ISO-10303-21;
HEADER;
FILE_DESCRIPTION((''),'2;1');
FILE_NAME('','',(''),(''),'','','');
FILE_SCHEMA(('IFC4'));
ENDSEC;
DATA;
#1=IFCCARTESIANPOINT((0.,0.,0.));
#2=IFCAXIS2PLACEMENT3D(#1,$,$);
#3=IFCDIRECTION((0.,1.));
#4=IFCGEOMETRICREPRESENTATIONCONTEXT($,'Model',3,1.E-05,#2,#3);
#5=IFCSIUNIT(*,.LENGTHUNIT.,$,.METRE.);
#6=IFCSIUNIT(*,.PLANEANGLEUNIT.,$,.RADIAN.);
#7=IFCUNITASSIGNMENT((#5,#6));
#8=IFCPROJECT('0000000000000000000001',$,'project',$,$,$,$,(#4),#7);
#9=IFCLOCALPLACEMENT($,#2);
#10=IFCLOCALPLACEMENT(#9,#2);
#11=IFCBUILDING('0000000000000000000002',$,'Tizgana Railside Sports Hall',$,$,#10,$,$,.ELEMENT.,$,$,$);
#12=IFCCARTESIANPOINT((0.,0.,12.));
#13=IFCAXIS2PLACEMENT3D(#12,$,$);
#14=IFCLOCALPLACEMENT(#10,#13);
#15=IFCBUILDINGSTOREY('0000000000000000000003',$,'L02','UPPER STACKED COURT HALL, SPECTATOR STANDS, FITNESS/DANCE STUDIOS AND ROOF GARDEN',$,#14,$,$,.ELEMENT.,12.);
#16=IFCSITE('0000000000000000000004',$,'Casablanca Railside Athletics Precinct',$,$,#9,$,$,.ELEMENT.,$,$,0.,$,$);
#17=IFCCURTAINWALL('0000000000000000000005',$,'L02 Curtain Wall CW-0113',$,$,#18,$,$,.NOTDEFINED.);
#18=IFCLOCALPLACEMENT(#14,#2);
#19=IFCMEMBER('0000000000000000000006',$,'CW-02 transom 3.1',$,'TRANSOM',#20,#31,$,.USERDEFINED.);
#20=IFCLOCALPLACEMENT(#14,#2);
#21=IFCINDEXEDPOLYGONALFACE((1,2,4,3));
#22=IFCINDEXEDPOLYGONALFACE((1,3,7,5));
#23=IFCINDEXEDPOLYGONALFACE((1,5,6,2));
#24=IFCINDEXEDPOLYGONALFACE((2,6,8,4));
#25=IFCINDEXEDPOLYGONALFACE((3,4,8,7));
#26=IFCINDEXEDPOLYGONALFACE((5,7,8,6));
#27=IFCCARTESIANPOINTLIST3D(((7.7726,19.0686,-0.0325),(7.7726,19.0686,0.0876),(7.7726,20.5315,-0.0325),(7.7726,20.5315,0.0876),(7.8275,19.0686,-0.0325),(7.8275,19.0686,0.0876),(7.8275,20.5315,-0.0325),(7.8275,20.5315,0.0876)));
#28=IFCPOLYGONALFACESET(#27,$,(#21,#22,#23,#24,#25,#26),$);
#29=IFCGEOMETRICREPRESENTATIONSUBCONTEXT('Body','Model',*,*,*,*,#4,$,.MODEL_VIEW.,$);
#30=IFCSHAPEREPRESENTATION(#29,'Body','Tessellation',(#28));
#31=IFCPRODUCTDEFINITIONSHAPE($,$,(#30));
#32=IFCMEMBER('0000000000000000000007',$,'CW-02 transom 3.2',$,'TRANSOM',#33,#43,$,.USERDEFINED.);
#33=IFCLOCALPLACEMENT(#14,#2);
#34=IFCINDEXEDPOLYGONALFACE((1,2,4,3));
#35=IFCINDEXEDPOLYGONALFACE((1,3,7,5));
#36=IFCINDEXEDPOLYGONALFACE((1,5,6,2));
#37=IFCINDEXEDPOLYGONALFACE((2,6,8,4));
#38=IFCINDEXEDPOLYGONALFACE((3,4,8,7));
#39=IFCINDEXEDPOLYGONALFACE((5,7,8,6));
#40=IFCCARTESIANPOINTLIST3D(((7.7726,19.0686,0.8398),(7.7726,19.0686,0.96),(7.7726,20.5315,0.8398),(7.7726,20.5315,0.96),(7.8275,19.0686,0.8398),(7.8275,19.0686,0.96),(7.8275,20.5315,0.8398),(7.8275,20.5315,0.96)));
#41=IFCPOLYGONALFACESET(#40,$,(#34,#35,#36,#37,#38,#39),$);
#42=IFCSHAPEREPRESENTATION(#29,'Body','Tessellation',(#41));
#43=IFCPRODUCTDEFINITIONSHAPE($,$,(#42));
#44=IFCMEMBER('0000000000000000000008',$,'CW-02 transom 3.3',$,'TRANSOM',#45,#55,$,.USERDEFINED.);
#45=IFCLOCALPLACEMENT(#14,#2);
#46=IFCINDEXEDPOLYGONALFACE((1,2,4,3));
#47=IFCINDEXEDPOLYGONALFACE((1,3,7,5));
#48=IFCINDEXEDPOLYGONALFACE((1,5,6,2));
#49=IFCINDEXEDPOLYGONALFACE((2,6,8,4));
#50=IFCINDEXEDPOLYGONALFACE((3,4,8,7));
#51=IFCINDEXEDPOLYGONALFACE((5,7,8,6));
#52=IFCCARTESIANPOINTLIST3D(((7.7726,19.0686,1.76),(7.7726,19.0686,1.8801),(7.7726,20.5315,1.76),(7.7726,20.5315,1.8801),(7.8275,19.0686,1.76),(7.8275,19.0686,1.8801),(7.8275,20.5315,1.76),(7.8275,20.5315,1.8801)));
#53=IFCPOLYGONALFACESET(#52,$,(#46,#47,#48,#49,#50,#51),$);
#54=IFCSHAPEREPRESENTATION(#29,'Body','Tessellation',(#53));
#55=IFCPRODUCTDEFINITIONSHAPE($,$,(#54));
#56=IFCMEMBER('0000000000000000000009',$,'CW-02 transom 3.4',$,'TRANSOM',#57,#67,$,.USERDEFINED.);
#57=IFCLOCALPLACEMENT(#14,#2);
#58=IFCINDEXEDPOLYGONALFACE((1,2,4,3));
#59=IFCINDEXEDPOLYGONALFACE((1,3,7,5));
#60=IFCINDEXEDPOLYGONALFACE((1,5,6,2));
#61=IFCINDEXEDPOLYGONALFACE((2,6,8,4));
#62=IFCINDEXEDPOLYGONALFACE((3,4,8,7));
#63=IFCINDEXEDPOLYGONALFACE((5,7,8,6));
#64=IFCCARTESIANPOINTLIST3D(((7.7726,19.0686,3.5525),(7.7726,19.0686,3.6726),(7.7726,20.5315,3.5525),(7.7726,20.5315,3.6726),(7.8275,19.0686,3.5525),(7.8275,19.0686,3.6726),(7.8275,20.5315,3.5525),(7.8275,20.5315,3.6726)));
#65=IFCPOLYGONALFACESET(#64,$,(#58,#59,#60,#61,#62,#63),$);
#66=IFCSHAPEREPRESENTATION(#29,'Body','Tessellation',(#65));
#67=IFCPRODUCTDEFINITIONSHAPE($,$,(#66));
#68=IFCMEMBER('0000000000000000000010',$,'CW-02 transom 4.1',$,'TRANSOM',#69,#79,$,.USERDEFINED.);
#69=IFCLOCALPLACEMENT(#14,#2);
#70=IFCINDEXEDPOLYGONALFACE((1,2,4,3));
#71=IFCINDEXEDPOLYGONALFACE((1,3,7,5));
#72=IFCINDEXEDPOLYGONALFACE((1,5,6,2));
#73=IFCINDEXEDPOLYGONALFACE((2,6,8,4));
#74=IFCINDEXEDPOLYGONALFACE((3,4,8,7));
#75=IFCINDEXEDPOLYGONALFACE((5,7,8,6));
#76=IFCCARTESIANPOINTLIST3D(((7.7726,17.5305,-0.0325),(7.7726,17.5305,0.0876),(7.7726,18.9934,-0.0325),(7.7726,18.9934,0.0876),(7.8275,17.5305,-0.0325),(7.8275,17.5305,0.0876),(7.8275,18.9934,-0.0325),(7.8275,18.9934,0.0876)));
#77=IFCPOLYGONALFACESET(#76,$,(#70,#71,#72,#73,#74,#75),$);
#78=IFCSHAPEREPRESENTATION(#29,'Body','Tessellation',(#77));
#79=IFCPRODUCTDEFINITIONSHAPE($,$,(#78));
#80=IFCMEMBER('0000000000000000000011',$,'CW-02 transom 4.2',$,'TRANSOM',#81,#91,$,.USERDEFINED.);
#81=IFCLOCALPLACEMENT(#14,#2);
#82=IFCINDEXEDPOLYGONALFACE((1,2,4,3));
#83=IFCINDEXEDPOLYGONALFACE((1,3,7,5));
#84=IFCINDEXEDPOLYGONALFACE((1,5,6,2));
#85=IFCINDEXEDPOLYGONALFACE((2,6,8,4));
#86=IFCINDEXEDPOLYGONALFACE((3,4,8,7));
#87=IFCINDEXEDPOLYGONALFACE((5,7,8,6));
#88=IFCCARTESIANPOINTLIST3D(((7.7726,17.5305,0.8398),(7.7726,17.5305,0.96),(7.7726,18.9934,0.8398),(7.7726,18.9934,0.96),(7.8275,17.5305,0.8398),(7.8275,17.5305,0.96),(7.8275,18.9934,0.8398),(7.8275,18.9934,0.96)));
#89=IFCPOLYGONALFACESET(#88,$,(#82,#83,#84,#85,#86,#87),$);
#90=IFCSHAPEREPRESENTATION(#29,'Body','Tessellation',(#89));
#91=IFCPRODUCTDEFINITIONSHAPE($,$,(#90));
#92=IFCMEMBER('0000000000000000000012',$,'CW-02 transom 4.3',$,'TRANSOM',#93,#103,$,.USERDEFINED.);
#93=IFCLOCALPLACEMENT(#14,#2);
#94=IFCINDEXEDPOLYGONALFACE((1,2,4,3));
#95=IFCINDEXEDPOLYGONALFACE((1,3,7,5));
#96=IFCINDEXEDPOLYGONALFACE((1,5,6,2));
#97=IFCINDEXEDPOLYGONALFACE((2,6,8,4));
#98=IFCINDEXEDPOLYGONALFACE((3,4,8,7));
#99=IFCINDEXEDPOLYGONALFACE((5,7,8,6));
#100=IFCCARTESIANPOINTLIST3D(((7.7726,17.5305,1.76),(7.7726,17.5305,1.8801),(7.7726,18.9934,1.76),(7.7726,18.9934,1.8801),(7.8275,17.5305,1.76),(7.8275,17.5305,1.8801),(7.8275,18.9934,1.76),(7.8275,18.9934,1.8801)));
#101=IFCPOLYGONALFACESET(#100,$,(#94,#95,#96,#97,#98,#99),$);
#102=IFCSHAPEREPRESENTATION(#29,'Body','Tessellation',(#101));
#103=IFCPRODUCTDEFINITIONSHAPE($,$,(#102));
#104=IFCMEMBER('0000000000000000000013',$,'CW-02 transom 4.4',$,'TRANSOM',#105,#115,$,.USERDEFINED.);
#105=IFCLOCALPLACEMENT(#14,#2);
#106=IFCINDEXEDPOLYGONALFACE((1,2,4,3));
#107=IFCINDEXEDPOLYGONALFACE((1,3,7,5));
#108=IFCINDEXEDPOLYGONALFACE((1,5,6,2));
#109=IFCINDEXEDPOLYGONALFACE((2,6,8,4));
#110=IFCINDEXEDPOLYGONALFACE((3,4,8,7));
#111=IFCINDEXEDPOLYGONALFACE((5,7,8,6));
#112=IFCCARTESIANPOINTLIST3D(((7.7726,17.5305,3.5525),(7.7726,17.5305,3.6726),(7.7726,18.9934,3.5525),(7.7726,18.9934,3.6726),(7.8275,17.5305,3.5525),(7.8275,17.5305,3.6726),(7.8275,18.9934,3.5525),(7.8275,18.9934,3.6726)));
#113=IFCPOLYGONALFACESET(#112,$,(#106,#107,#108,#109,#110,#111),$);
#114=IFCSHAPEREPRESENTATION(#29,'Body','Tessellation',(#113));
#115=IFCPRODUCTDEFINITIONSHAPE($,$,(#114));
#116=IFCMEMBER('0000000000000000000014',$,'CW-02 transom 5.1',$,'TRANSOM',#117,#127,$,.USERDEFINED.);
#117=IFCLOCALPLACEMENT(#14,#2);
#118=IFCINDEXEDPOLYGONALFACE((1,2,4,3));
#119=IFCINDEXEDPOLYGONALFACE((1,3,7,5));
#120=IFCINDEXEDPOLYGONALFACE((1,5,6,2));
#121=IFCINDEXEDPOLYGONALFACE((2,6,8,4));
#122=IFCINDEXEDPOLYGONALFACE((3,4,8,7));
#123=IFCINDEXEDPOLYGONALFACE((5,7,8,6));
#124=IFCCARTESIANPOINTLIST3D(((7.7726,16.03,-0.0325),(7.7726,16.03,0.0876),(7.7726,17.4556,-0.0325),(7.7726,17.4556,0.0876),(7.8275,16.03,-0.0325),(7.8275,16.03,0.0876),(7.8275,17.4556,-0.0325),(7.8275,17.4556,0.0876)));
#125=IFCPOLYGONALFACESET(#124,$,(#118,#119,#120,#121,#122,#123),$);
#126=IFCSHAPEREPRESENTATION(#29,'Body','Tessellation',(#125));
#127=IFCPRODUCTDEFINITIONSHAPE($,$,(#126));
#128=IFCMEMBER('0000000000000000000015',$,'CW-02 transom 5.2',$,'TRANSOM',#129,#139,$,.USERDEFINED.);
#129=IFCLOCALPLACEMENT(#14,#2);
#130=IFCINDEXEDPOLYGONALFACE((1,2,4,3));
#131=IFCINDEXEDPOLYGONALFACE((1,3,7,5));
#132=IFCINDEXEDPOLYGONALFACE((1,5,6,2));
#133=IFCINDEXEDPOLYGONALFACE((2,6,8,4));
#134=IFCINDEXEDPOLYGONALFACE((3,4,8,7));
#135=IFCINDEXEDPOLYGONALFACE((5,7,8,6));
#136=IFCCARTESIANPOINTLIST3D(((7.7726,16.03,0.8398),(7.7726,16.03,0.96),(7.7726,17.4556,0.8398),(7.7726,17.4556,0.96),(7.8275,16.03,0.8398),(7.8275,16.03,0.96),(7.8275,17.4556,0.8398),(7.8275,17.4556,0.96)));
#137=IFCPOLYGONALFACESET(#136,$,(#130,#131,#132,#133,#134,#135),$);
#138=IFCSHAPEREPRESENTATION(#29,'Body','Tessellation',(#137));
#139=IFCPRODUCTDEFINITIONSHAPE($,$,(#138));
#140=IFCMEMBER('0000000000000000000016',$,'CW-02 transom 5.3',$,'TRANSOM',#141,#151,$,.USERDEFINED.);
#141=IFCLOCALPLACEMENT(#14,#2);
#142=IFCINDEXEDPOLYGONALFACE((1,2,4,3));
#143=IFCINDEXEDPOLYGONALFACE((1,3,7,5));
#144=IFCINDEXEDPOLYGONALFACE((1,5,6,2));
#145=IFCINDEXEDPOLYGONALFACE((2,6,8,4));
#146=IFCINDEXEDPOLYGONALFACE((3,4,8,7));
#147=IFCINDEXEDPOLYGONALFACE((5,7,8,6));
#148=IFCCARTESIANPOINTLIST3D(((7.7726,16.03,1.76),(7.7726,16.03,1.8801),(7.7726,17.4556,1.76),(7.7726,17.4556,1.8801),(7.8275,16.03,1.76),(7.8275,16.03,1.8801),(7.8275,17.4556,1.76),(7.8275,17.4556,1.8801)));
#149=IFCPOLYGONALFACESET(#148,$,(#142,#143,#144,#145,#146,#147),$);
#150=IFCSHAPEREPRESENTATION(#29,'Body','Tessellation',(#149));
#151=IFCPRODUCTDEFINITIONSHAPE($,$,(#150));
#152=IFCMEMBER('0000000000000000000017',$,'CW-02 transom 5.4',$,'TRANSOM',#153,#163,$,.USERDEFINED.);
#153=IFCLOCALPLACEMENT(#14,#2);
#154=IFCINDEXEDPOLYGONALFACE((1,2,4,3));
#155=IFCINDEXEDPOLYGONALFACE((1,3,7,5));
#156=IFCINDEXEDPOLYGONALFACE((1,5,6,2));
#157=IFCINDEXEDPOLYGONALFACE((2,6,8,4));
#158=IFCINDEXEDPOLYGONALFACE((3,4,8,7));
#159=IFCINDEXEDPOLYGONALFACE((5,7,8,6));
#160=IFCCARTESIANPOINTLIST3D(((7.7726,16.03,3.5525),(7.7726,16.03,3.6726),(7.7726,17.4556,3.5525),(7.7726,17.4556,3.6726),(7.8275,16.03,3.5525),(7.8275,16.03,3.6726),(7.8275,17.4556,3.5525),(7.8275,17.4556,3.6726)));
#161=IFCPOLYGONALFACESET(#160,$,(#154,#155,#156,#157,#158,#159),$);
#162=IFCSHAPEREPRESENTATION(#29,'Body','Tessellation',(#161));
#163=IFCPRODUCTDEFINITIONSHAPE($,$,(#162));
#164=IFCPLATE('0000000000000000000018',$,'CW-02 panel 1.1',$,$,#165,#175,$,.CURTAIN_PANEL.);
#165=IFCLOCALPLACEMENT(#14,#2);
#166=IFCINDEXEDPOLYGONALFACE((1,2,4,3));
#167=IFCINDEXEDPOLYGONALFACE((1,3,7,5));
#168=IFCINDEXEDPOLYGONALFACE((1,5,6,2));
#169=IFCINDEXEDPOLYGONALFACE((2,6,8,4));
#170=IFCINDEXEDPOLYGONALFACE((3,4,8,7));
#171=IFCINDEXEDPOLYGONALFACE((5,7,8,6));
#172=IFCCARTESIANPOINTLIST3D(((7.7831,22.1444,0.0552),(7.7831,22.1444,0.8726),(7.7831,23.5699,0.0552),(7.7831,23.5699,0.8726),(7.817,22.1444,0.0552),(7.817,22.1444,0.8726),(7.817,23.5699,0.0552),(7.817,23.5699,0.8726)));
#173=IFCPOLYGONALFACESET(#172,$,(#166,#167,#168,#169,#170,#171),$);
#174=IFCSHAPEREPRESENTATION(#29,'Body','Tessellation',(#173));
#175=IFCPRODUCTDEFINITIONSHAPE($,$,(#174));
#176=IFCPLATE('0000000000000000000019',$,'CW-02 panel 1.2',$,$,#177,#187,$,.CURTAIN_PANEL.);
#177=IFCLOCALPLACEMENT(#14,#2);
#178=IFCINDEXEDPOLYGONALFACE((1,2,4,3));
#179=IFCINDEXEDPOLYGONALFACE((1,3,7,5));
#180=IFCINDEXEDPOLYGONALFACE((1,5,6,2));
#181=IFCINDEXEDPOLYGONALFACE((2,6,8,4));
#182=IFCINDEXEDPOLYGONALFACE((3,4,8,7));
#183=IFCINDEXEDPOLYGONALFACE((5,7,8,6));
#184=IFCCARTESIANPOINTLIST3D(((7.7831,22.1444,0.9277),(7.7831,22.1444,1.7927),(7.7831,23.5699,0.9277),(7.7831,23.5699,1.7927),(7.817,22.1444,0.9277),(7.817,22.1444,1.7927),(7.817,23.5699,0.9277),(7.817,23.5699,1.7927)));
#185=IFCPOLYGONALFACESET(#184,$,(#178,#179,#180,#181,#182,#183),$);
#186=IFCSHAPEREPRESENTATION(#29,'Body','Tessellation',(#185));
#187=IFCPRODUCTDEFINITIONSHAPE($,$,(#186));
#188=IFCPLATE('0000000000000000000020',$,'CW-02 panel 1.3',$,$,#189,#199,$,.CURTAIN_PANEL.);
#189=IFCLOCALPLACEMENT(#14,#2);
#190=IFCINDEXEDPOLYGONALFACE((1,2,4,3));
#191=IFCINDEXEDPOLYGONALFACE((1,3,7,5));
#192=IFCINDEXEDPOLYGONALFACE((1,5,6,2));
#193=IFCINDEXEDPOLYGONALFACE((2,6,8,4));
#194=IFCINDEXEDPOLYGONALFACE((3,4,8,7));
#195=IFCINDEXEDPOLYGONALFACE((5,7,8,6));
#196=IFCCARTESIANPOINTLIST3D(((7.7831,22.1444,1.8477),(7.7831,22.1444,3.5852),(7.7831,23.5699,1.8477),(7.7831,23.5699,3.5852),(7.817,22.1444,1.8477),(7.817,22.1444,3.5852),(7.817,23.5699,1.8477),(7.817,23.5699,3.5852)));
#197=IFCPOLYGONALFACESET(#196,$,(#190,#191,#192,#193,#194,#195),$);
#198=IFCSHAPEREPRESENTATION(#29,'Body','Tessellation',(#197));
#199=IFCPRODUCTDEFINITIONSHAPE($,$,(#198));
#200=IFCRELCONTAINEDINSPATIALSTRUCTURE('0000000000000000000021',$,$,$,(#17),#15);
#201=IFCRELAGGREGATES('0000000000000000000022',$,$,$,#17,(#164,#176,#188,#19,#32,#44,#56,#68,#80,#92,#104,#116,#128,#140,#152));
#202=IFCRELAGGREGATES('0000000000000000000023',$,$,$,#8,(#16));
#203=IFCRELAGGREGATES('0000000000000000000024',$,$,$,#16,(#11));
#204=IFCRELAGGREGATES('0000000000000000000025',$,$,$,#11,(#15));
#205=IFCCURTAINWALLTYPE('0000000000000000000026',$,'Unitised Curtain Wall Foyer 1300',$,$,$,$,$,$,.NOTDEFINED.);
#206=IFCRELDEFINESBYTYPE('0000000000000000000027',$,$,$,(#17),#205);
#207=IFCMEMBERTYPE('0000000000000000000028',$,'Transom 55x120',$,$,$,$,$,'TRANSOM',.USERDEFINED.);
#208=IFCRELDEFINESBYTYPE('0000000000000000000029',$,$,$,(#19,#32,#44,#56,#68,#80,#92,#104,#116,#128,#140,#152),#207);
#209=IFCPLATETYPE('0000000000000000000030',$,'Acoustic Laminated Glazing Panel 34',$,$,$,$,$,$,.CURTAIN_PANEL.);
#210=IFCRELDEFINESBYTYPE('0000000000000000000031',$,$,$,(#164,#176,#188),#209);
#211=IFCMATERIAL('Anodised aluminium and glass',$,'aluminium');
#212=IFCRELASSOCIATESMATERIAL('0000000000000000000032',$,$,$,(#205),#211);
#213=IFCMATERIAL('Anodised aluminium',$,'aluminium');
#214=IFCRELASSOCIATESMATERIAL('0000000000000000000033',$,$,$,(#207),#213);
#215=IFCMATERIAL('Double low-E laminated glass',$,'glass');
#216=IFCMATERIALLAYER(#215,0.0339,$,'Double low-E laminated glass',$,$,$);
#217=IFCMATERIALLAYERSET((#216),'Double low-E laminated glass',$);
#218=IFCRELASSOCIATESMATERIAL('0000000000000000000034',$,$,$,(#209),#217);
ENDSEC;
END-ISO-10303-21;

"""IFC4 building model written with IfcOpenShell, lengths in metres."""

from ifc_helpers import new_model, si_unit, direction, frame, origin, origin_2d, place, context, subcontext, project, spatial, rectangle, extrude, material, layer, layer_set, material_profile, profile_set, type_object, element, aggregate, save


model = new_model("IFC4")

# Units and contexts
model_context = context("Model", 3, precision=1e-05, world=origin(), true_north=direction((0.0, 1.0)))
body_context = subcontext(model_context, "Body", "Model", "MODEL_VIEW")
ifc_project = project(units=[si_unit("LENGTHUNIT", "METRE"), si_unit("PLANEANGLEUNIT", "RADIAN")], contexts=[model_context])

# Site, building, storey
site_placement = place(None, origin())
site = spatial("IfcSite", under=ifc_project, at=site_placement, Name="Casablanca Railside Athletics Precinct", CompositionType="ELEMENT", RefElevation=0.0)
building_placement = place(site_placement, origin())
building = spatial("IfcBuilding", under=site, at=building_placement, Name="Tizgana Railside Sports Hall", CompositionType="ELEMENT")
storey_placement = place(building_placement, frame((0.0, 0.0, 12.0)))
storey = spatial("IfcBuildingStorey", under=building, at=storey_placement, Name="L02", Description="UPPER STACKED COURT HALL, SPECTATOR STANDS, FITNESS/DANCE STUDIOS AND ROOF GARDEN", CompositionType="ELEMENT", Elevation=12.0)

# Curtain wall
ifc_material_1 = material(Name="Anodised aluminium and glass", Category="aluminium")
curtain_wall_type = type_object("IfcCurtainWallType", Name="Unitised Curtain Wall Foyer 1300", PredefinedType="NOTDEFINED", material=ifc_material_1)
curtain_wall_placement = place(storey_placement, origin())
curtain_wall = element("IfcCurtainWall", 1, at=curtain_wall_placement, inside=storey, type_object=curtain_wall_type, Name="L02 Curtain Wall CW-0113", PredefinedType="NOTDEFINED")
ifc_material_2 = material(Name="Anodised aluminium", Category="aluminium")

# Members
ifc_material_profile_1 = material_profile(ifc_material_2, rectangle(XDim=0.0549, YDim=0.1201, at=origin_2d()), Name="Transom 55x120")
ifc_profile_set_1 = profile_set([ifc_material_profile_1], Name="Anodised aluminium")
member_type_1 = type_object("IfcMemberType", Name="Transom 55x120", ElementType="TRANSOM", PredefinedType="USERDEFINED", material=ifc_profile_set_1)
member_1_placement = place(storey_placement, frame((7.8, 20.5315, 0.0276), z_axis=(0.0, -1.0, 0.0), x_axis=(1.0, 0.0, 0.0)))
member_1 = element("IfcMember", 2, at=member_1_placement, type_object=member_type_1, Name="CW-02 transom 3.1", ObjectType="TRANSOM", PredefinedType="USERDEFINED", context=body_context, shape_type="SweptSolid", body=[
    extrude(rectangle(XDim=0.0549, YDim=0.1201, at=origin_2d()), origin(), (0.0, 0.0, 1.0), 1.4629),
])
member_2_placement = place(storey_placement, frame((7.8, 20.5315, 0.8999), z_axis=(0.0, -1.0, 0.0), x_axis=(1.0, 0.0, 0.0)))
member_2 = element("IfcMember", 3, at=member_2_placement, type_object=member_type_1, Name="CW-02 transom 3.2", ObjectType="TRANSOM", PredefinedType="USERDEFINED", context=body_context, shape_type="SweptSolid", body=[
    extrude(rectangle(XDim=0.0549, YDim=0.1201, at=origin_2d()), origin(), (0.0, 0.0, 1.0), 1.4629),
])
member_3_placement = place(storey_placement, frame((7.8, 20.5315, 1.8201), z_axis=(0.0, -1.0, 0.0), x_axis=(1.0, 0.0, 0.0)))
member_3 = element("IfcMember", 4, at=member_3_placement, type_object=member_type_1, Name="CW-02 transom 3.3", ObjectType="TRANSOM", PredefinedType="USERDEFINED", context=body_context, shape_type="SweptSolid", body=[
    extrude(rectangle(XDim=0.0549, YDim=0.1201, at=origin_2d()), origin(), (0.0, 0.0, 1.0), 1.4629),
])
member_4_placement = place(storey_placement, frame((7.8, 20.5315, 3.6125), z_axis=(0.0, -1.0, 0.0), x_axis=(1.0, 0.0, 0.0)))
member_4 = element("IfcMember", 5, at=member_4_placement, type_object=member_type_1, Name="CW-02 transom 3.4", ObjectType="TRANSOM", PredefinedType="USERDEFINED", context=body_context, shape_type="SweptSolid", body=[
    extrude(rectangle(XDim=0.0549, YDim=0.1201, at=origin_2d()), origin(), (0.0, 0.0, 1.0), 1.4629),
])
member_5_placement = place(storey_placement, frame((7.8, 18.9934, 0.0276), z_axis=(0.0, -1.0, 0.0), x_axis=(1.0, 0.0, 0.0)))
member_5 = element("IfcMember", 6, at=member_5_placement, type_object=member_type_1, Name="CW-02 transom 4.1", ObjectType="TRANSOM", PredefinedType="USERDEFINED", context=body_context, shape_type="SweptSolid", body=[
    extrude(rectangle(XDim=0.0549, YDim=0.1201, at=origin_2d()), origin(), (0.0, 0.0, 1.0), 1.4629),
])
member_6_placement = place(storey_placement, frame((7.8, 18.9934, 0.8999), z_axis=(0.0, -1.0, 0.0), x_axis=(1.0, 0.0, 0.0)))
member_6 = element("IfcMember", 7, at=member_6_placement, type_object=member_type_1, Name="CW-02 transom 4.2", ObjectType="TRANSOM", PredefinedType="USERDEFINED", context=body_context, shape_type="SweptSolid", body=[
    extrude(rectangle(XDim=0.0549, YDim=0.1201, at=origin_2d()), origin(), (0.0, 0.0, 1.0), 1.4629),
])
member_7_placement = place(storey_placement, frame((7.8, 18.9934, 1.8201), z_axis=(0.0, -1.0, 0.0), x_axis=(1.0, 0.0, 0.0)))
member_7 = element("IfcMember", 8, at=member_7_placement, type_object=member_type_1, Name="CW-02 transom 4.3", ObjectType="TRANSOM", PredefinedType="USERDEFINED", context=body_context, shape_type="SweptSolid", body=[
    extrude(rectangle(XDim=0.0549, YDim=0.1201, at=origin_2d()), origin(), (0.0, 0.0, 1.0), 1.4629),
])
member_8_placement = place(storey_placement, frame((7.8, 18.9934, 3.6125), z_axis=(0.0, -1.0, 0.0), x_axis=(1.0, 0.0, 0.0)))
member_8 = element("IfcMember", 9, at=member_8_placement, type_object=member_type_1, Name="CW-02 transom 4.4", ObjectType="TRANSOM", PredefinedType="USERDEFINED", context=body_context, shape_type="SweptSolid", body=[
    extrude(rectangle(XDim=0.0549, YDim=0.1201, at=origin_2d()), origin(), (0.0, 0.0, 1.0), 1.4629),
])
member_9_placement = place(storey_placement, frame((7.8, 17.4556, 0.0276), z_axis=(0.0, -1.0, 0.0), x_axis=(1.0, 0.0, 0.0)))
member_9 = element("IfcMember", 10, at=member_9_placement, type_object=member_type_1, Name="CW-02 transom 5.1", ObjectType="TRANSOM", PredefinedType="USERDEFINED", context=body_context, shape_type="SweptSolid", body=[
    extrude(rectangle(XDim=0.0549, YDim=0.1201, at=origin_2d()), origin(), (0.0, 0.0, 1.0), 1.4255),
])
member_10_placement = place(storey_placement, frame((7.8, 17.4556, 0.8999), z_axis=(0.0, -1.0, 0.0), x_axis=(1.0, 0.0, 0.0)))
member_10 = element("IfcMember", 11, at=member_10_placement, type_object=member_type_1, Name="CW-02 transom 5.2", ObjectType="TRANSOM", PredefinedType="USERDEFINED", context=body_context, shape_type="SweptSolid", body=[
    extrude(rectangle(XDim=0.0549, YDim=0.1201, at=origin_2d()), origin(), (0.0, 0.0, 1.0), 1.4255),
])
member_11_placement = place(storey_placement, frame((7.8, 17.4556, 1.8201), z_axis=(0.0, -1.0, 0.0), x_axis=(1.0, 0.0, 0.0)))
member_11 = element("IfcMember", 12, at=member_11_placement, type_object=member_type_1, Name="CW-02 transom 5.3", ObjectType="TRANSOM", PredefinedType="USERDEFINED", context=body_context, shape_type="SweptSolid", body=[
    extrude(rectangle(XDim=0.0549, YDim=0.1201, at=origin_2d()), origin(), (0.0, 0.0, 1.0), 1.4255),
])
member_12_placement = place(storey_placement, frame((7.8, 17.4556, 3.6125), z_axis=(0.0, -1.0, 0.0), x_axis=(1.0, 0.0, 0.0)))
member_12 = element("IfcMember", 13, at=member_12_placement, type_object=member_type_1, Name="CW-02 transom 5.4", ObjectType="TRANSOM", PredefinedType="USERDEFINED", context=body_context, shape_type="SweptSolid", body=[
    extrude(rectangle(XDim=0.0549, YDim=0.1201, at=origin_2d()), origin(), (0.0, 0.0, 1.0), 1.4255),
])

# Plates
ifc_material_3 = material(Name="Double low-E laminated glass", Category="glass")
ifc_layer = layer(ifc_material_3, 0.0339, Name="Double low-E laminated glass")
ifc_layer_set = layer_set([ifc_layer], Name="Double low-E laminated glass")
plate_type = type_object("IfcPlateType", Name="Acoustic Laminated Glazing Panel 34", PredefinedType="CURTAIN_PANEL", material=ifc_layer_set)
plate_1_placement = place(storey_placement, frame((7.8, 22.8572, 0.0552), z_axis=(0.0, 0.0, 1.0), x_axis=(0.0, -1.0, 0.0)))
plate_1 = element("IfcPlate", 14, at=plate_1_placement, type_object=plate_type, Name="CW-02 panel 1.1", PredefinedType="CURTAIN_PANEL", context=body_context, shape_type="SweptSolid", body=[
    extrude(rectangle(XDim=1.4255, YDim=0.0339, at=origin_2d()), origin(), (0.0, 0.0, 1.0), 0.8174),
])
plate_2_placement = place(storey_placement, frame((7.8, 22.8572, 0.9277), z_axis=(0.0, 0.0, 1.0), x_axis=(0.0, -1.0, 0.0)))
plate_2 = element("IfcPlate", 15, at=plate_2_placement, type_object=plate_type, Name="CW-02 panel 1.2", PredefinedType="CURTAIN_PANEL", context=body_context, shape_type="SweptSolid", body=[
    extrude(rectangle(XDim=1.4255, YDim=0.0339, at=origin_2d()), origin(), (0.0, 0.0, 1.0), 0.865),
])
plate_3_placement = place(storey_placement, frame((7.8, 22.8572, 1.8477), z_axis=(0.0, 0.0, 1.0), x_axis=(0.0, -1.0, 0.0)))
plate_3 = element("IfcPlate", 16, at=plate_3_placement, type_object=plate_type, Name="CW-02 panel 1.3", PredefinedType="CURTAIN_PANEL", context=body_context, shape_type="SweptSolid", body=[
    extrude(rectangle(XDim=1.4255, YDim=0.0339, at=origin_2d()), origin(), (0.0, 0.0, 1.0), 1.7375),
])
aggregate(curtain_wall, [plate_1, plate_2, plate_3, member_1, member_2, member_3, member_4, member_5, member_6, member_7, member_8, member_9, member_10, member_11, member_12])

save(model, "model.ifc")
